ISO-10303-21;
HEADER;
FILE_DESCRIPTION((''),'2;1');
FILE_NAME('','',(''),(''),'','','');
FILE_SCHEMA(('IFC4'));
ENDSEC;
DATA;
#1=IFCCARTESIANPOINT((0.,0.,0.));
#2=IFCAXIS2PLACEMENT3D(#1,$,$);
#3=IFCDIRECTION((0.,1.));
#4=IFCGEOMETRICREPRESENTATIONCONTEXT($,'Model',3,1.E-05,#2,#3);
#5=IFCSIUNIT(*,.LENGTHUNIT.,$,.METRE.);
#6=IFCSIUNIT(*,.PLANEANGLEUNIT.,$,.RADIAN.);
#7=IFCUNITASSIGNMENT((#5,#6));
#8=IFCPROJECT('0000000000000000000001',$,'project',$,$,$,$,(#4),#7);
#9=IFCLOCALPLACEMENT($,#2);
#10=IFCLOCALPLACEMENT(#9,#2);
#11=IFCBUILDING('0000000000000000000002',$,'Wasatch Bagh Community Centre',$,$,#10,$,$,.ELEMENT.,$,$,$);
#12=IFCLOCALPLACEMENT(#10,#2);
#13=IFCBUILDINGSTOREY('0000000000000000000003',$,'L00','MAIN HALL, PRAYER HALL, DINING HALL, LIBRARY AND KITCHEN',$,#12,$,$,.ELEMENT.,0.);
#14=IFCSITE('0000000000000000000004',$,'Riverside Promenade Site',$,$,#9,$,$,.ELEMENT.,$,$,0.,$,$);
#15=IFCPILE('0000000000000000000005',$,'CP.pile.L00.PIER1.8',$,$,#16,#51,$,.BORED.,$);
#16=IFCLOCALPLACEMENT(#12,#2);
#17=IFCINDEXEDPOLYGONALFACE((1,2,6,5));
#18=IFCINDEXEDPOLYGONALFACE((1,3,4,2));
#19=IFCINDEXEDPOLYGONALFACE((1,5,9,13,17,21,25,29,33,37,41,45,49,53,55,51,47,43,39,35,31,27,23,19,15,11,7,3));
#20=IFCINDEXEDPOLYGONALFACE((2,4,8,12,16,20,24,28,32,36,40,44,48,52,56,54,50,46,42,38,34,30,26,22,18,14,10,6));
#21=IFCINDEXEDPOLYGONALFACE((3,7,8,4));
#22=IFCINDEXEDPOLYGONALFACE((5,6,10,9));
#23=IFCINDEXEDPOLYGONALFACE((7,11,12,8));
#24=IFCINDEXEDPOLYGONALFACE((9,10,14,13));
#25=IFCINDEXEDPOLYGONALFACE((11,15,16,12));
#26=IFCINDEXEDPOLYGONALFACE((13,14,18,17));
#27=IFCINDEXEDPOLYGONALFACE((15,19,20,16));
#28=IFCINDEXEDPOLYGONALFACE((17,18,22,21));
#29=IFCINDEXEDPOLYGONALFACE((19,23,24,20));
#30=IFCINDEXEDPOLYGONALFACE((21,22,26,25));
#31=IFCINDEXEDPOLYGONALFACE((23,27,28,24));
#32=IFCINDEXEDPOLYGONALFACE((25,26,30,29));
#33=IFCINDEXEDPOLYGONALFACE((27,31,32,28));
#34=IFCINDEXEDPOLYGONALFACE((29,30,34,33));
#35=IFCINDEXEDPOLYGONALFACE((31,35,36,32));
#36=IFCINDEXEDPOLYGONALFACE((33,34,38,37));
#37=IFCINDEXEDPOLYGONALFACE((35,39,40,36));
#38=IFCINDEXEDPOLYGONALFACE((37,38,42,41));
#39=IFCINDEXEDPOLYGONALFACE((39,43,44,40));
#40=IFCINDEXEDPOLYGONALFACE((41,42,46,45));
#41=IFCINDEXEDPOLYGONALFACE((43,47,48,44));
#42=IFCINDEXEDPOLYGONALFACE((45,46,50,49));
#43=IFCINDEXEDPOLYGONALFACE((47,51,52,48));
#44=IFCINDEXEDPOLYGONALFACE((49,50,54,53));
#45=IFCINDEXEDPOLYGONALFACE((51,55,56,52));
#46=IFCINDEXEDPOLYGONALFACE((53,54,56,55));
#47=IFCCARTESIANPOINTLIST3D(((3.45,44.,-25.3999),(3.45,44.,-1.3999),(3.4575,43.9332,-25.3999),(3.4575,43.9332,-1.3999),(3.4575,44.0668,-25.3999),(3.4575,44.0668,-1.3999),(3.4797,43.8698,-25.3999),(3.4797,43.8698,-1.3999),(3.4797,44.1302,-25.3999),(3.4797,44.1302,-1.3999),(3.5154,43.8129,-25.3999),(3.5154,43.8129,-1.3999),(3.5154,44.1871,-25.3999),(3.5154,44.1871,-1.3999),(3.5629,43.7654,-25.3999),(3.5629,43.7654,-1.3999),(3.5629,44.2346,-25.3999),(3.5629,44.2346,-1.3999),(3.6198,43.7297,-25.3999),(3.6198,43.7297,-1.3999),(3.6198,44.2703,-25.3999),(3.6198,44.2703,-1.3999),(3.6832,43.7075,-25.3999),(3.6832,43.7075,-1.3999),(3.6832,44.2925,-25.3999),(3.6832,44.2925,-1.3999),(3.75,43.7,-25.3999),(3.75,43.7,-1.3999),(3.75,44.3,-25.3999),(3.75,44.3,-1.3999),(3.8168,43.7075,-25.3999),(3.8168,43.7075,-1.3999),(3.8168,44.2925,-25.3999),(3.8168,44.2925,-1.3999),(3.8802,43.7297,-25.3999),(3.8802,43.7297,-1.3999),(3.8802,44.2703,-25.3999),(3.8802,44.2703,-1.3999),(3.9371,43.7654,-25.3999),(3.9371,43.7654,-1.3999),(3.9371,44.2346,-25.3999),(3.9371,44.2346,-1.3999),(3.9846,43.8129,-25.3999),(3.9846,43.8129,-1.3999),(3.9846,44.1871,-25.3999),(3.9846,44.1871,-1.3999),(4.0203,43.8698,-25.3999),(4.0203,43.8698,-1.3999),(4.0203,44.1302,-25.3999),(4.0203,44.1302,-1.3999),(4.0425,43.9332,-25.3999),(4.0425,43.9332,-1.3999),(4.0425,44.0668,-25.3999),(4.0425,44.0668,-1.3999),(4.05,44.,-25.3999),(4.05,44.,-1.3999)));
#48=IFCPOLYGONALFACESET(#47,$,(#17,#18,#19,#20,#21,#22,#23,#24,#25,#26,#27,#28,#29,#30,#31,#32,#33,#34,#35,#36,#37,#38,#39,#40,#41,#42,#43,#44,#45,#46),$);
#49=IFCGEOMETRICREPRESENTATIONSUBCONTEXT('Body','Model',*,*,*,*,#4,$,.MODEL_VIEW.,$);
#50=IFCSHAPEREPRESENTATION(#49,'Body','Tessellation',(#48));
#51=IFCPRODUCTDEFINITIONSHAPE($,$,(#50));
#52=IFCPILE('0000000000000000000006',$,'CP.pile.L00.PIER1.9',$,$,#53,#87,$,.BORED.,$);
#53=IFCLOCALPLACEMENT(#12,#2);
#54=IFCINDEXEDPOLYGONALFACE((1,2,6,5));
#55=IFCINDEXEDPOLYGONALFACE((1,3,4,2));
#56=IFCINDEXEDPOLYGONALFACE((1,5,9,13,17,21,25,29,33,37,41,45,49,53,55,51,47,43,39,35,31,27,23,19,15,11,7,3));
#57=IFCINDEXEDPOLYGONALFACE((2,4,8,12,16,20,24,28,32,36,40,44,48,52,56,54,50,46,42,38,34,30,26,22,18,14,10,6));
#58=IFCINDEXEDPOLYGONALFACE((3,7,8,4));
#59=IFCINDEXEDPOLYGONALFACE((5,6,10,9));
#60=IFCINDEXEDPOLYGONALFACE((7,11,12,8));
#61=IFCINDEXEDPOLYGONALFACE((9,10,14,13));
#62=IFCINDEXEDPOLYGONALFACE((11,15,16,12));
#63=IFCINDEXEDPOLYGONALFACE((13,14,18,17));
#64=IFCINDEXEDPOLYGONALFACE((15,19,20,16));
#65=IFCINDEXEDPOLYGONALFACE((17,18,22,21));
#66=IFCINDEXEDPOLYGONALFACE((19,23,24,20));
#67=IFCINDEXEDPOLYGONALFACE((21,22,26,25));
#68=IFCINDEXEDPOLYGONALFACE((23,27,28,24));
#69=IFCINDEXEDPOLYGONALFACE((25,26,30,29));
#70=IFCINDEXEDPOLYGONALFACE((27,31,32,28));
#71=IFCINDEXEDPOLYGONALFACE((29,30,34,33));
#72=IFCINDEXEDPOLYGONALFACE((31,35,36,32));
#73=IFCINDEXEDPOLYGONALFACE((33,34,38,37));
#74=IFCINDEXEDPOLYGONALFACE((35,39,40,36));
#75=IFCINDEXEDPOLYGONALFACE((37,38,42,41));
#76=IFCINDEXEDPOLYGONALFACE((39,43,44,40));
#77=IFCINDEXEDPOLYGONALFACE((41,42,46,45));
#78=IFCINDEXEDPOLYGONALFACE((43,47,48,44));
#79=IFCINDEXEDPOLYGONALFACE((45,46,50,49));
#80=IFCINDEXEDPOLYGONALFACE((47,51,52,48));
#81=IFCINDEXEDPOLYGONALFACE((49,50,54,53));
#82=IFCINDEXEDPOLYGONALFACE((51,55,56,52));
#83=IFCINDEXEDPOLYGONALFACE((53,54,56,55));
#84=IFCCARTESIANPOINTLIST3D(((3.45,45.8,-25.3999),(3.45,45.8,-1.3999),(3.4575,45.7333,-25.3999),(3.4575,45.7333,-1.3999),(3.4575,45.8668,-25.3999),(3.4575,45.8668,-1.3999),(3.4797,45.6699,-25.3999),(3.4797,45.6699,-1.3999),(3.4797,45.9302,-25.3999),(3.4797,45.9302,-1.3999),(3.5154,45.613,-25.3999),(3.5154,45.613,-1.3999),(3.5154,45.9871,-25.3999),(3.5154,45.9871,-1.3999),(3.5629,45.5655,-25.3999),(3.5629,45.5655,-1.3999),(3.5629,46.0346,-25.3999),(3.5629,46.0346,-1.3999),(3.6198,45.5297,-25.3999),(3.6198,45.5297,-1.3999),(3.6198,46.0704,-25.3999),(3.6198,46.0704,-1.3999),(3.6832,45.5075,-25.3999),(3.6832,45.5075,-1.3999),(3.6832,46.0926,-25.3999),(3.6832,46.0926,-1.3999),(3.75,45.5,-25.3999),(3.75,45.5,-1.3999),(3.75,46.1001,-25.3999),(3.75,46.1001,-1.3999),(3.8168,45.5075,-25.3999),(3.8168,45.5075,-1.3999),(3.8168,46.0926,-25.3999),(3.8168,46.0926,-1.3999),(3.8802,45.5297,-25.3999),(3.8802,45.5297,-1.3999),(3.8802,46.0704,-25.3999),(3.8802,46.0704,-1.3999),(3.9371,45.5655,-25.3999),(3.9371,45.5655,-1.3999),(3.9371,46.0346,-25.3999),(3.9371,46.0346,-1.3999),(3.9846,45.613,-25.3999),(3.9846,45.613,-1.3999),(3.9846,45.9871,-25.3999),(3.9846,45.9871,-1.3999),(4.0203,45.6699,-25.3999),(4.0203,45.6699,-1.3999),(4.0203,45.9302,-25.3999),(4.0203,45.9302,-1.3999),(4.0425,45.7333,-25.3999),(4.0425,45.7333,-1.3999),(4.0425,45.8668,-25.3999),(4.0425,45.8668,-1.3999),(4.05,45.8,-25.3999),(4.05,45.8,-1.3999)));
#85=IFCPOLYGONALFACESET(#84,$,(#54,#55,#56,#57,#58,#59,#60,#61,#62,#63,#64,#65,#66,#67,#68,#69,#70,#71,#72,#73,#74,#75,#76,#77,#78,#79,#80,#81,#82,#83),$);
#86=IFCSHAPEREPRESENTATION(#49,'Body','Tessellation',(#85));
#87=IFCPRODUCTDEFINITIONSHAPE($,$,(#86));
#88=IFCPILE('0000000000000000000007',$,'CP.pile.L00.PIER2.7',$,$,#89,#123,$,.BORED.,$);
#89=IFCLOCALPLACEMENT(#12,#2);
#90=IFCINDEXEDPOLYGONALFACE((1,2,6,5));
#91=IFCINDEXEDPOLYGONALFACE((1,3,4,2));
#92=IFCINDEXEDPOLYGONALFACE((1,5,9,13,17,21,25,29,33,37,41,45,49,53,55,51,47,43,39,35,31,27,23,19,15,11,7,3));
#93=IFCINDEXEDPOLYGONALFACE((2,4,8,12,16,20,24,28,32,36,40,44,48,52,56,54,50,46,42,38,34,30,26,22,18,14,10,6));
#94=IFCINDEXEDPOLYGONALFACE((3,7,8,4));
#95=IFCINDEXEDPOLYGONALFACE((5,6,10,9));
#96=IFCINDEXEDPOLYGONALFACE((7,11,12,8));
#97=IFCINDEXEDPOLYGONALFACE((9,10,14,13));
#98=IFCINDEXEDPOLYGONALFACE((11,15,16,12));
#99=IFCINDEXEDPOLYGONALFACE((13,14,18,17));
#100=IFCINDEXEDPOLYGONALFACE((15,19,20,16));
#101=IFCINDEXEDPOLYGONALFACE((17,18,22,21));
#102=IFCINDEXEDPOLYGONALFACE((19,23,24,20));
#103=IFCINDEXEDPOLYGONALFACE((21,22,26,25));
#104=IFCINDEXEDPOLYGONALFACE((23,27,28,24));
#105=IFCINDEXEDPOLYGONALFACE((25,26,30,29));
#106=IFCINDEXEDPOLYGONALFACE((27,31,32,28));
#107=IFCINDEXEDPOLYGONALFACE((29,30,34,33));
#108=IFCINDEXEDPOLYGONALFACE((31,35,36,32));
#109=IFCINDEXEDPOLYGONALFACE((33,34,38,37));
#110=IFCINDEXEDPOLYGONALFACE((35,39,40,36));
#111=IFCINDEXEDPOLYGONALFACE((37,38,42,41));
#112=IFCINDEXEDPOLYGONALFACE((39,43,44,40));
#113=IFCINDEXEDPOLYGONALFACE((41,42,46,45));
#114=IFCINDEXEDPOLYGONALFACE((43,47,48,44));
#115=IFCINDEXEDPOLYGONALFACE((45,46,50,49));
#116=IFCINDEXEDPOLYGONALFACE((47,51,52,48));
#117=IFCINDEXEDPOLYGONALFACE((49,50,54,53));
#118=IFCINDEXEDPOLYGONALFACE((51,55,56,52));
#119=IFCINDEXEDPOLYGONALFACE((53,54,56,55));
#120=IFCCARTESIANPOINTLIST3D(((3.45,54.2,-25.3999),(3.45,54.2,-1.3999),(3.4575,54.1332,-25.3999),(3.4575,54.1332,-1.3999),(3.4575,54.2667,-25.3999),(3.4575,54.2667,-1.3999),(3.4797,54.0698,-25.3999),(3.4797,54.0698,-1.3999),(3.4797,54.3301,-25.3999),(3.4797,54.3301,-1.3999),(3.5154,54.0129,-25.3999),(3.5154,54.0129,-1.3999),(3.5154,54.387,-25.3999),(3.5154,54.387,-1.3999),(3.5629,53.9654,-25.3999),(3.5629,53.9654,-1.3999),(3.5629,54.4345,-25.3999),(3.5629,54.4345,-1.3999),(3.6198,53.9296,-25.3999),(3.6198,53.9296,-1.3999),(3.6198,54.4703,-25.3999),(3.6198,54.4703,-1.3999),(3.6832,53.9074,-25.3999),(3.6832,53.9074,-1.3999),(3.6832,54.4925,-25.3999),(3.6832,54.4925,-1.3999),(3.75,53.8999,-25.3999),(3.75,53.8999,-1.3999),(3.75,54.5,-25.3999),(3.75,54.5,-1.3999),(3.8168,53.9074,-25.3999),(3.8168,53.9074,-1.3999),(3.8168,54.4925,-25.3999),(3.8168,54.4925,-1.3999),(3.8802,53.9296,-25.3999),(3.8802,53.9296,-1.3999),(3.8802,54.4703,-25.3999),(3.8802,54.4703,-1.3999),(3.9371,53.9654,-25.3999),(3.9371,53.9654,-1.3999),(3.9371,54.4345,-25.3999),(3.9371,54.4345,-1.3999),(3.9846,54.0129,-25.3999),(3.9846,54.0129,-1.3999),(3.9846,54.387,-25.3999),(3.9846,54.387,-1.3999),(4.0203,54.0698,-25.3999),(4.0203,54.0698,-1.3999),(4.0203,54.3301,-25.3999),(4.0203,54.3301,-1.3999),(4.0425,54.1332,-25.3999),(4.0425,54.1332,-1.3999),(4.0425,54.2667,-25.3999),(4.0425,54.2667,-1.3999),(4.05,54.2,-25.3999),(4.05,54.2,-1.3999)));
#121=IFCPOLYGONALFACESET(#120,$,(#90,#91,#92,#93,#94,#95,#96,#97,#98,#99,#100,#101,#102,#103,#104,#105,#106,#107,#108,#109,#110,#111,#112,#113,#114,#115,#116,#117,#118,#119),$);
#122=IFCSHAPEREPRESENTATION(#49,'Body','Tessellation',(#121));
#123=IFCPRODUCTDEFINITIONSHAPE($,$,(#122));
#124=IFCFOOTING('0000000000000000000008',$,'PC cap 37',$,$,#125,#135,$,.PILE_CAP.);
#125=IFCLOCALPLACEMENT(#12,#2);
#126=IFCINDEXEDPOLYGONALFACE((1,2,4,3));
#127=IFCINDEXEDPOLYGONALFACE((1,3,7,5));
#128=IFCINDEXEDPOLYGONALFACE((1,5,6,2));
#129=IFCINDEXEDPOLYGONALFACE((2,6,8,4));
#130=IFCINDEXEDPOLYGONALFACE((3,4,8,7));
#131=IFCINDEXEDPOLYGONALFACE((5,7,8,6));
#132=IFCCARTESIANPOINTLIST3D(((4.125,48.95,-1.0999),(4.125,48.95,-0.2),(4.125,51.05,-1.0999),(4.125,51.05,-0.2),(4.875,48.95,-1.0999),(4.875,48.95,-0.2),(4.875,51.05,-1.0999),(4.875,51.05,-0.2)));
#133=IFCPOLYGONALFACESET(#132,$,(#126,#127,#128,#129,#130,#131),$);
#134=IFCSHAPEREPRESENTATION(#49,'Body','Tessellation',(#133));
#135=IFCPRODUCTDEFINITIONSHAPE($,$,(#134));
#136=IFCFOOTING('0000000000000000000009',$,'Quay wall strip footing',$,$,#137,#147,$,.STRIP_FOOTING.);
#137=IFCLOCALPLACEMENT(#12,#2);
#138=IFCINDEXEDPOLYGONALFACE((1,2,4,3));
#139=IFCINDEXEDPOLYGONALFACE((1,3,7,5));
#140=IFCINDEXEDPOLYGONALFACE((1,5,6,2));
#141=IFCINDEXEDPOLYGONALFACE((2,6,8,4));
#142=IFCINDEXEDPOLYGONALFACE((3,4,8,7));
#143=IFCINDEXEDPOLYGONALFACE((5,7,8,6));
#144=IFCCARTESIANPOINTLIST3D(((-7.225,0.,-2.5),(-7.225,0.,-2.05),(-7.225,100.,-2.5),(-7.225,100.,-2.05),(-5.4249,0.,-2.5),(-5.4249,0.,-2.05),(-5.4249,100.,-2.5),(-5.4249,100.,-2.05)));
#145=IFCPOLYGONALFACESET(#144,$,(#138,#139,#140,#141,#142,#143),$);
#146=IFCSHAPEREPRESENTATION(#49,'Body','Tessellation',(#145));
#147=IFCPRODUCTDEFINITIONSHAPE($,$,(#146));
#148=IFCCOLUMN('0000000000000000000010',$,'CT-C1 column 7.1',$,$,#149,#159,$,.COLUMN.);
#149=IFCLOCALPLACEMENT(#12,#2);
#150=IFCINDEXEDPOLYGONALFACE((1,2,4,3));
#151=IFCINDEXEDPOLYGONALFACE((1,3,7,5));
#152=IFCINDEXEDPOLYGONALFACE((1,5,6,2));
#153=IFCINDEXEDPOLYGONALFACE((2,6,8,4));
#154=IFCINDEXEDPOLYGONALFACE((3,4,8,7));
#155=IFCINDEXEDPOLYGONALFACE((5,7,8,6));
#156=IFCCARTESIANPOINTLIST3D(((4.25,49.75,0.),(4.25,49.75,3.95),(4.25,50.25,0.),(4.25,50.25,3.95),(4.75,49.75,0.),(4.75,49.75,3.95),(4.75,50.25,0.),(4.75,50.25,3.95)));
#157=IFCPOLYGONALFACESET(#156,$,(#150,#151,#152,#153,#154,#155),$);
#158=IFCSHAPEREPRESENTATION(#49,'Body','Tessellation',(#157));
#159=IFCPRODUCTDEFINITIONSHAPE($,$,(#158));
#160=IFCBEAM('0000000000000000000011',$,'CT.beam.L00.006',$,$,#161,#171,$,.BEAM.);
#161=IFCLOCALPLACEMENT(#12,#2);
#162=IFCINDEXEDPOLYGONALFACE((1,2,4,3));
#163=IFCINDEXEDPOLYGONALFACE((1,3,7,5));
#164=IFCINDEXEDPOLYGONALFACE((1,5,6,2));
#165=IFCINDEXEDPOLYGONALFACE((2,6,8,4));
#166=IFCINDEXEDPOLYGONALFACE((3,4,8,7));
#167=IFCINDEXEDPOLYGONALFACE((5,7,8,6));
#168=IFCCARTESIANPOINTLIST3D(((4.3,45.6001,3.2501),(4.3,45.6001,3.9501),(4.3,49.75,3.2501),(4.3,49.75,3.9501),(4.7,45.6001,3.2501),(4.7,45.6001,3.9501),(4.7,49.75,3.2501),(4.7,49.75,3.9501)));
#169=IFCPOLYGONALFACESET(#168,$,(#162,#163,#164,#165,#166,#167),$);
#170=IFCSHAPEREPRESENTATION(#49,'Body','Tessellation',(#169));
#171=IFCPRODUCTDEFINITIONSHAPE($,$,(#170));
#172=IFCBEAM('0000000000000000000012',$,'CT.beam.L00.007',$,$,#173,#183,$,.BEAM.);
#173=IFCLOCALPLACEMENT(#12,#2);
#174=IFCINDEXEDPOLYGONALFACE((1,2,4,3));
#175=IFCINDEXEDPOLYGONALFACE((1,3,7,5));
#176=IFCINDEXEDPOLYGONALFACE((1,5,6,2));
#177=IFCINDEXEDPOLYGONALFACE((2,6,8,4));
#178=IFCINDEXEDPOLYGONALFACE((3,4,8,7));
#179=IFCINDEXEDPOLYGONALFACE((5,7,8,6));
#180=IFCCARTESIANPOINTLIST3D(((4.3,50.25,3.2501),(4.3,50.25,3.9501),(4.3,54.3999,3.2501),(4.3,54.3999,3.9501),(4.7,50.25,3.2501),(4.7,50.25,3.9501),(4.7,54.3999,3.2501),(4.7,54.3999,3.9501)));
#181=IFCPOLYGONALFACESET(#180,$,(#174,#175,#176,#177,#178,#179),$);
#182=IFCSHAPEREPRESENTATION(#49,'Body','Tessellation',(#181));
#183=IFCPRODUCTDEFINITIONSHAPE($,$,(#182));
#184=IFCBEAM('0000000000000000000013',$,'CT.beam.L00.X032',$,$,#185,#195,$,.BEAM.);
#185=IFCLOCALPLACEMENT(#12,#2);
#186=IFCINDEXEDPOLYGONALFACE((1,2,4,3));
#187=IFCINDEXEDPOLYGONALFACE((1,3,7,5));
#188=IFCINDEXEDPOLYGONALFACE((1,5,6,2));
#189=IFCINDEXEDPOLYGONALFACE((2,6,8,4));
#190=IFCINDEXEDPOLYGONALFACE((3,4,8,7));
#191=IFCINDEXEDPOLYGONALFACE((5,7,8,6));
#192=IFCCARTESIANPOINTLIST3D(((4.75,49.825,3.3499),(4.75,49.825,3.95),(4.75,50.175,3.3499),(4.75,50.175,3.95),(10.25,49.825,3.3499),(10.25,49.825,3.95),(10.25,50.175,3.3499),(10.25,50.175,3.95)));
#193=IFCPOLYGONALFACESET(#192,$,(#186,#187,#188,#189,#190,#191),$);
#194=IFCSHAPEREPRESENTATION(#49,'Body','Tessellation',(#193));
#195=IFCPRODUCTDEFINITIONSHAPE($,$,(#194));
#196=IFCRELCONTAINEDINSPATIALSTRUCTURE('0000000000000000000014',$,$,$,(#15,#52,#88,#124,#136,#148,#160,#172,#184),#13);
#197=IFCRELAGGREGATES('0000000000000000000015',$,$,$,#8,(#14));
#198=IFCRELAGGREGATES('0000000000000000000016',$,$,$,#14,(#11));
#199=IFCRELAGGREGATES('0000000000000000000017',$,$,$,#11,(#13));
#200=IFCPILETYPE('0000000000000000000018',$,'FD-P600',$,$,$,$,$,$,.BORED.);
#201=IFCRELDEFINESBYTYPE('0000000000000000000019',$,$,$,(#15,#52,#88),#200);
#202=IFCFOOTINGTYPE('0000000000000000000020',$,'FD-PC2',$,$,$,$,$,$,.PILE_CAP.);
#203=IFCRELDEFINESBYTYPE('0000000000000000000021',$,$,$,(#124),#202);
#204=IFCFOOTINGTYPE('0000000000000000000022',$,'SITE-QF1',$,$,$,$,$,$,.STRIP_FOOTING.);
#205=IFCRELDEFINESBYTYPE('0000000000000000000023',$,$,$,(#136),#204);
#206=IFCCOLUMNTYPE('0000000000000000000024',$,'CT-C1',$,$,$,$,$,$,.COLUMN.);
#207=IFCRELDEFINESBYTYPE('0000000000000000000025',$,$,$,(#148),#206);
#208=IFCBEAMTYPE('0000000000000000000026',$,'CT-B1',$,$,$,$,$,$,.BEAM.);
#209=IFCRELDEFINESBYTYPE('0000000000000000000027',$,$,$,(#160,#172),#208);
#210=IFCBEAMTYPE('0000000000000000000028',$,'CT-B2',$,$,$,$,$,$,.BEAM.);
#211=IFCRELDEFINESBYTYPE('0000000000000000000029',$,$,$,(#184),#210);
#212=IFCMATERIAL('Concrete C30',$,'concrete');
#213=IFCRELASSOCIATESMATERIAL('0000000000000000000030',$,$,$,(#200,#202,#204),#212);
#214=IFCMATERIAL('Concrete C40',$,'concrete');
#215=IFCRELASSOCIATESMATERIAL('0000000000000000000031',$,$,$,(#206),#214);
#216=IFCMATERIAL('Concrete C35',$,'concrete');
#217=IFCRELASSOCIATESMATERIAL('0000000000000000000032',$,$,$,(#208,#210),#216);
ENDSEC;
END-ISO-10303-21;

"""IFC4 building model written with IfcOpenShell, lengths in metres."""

from ifc_helpers import new_model, si_unit, direction, frame, origin, origin_2d, place, context, subcontext, project, spatial, rectangle, circle, extrude, material, material_profile, profile_set, type_object, element, save


model = new_model("IFC4")

# Units and contexts
model_context = context("Model", 3, precision=1e-05, world=origin(), true_north=direction((0.0, 1.0)))
body_context = subcontext(model_context, "Body", "Model", "MODEL_VIEW")
ifc_project = project(units=[si_unit("LENGTHUNIT", "METRE"), si_unit("PLANEANGLEUNIT", "RADIAN")], contexts=[model_context])

# Site, building, storey
site_placement = place(None, origin())
site = spatial("IfcSite", under=ifc_project, at=site_placement, Name="Riverside Promenade Site", CompositionType="ELEMENT", RefElevation=0.0)
building_placement = place(site_placement, origin())
building = spatial("IfcBuilding", under=site, at=building_placement, Name="Wasatch Bagh Community Centre", CompositionType="ELEMENT")
storey_placement = place(building_placement, origin())
storey = spatial("IfcBuildingStorey", under=building, at=storey_placement, Name="L00", Description="MAIN HALL, PRAYER HALL, DINING HALL, LIBRARY AND KITCHEN", CompositionType="ELEMENT", Elevation=0.0)

# Piles
ifc_material_1 = material(Name="Concrete C30", Category="concrete")
ifc_material_profile_1 = material_profile(ifc_material_1, circle(Radius=0.3, at=origin_2d()), Name="RC D600")
ifc_profile_set_1 = profile_set([ifc_material_profile_1], Name="Concrete C30")
pile_type_1 = type_object("IfcPileType", Name="FD-P600", PredefinedType="BORED", material=ifc_profile_set_1)
for number, where, z_axis, x_axis, name in (
    (1, (3.75, 44.0, -1.3999), (0.0, 0.0, -1.0), (1.0, 0.0, 0.0), "CP.pile.L00.PIER1.8"),
    (2, (3.75, 45.8, -1.3999), (0.0, 0.0, -1.0), (1.0, 0.0, 0.0), "CP.pile.L00.PIER1.9"),
    (3, (3.75, 54.2, -1.3999), (0.0, 0.0, -1.0), (1.0, 0.0, 0.0), "CP.pile.L00.PIER2.7"),
):
    element("IfcPile", number, at=place(storey_placement, frame(where, z_axis=z_axis, x_axis=x_axis)), inside=storey, type_object=pile_type_1, Name=name, PredefinedType="BORED", context=body_context, shape_type="SweptSolid", body=[
        extrude(circle(Radius=0.3, at=origin_2d()), origin(), (0.0, 0.0, 1.0), 24.0),
    ])

# Footings
footing_type_1 = type_object("IfcFootingType", Name="FD-PC2", PredefinedType="PILE_CAP", material=ifc_material_1)
footing_1_placement = place(storey_placement, frame((4.5, 50.0, -1.0999), z_axis=(0.0, 0.0, 1.0), x_axis=(0.0, 1.0, 0.0)))
element("IfcFooting", 4, at=footing_1_placement, inside=storey, type_object=footing_type_1, Name="PC cap 37", PredefinedType="PILE_CAP", context=body_context, shape_type="SweptSolid", body=[
    extrude(rectangle(XDim=2.1001, YDim=0.75, at=origin_2d()), origin(), (0.0, 0.0, 1.0), 0.8999),
])
footing_type_2 = type_object("IfcFootingType", Name="SITE-QF1", PredefinedType="STRIP_FOOTING", material=ifc_material_1)
footing_2_placement = place(storey_placement, frame((-6.325, 50.0, -2.5), z_axis=(0.0, 0.0, 1.0), x_axis=(1.0, 0.0, 0.0)))
element("IfcFooting", 5, at=footing_2_placement, inside=storey, type_object=footing_type_2, Name="Quay wall strip footing", PredefinedType="STRIP_FOOTING", context=body_context, shape_type="SweptSolid", body=[
    extrude(rectangle(XDim=1.8, YDim=100.0, at=origin_2d()), origin(), (0.0, 0.0, 1.0), 0.45),
])

# Column
ifc_material_2 = material(Name="Concrete C40", Category="concrete")
ifc_material_profile_2 = material_profile(ifc_material_2, rectangle(XDim=0.5, YDim=0.5, at=origin_2d()), Name="RC 500x500")
ifc_profile_set_2 = profile_set([ifc_material_profile_2], Name="Concrete C40")
column_type = type_object("IfcColumnType", Name="CT-C1", PredefinedType="COLUMN", material=ifc_profile_set_2)
column_placement = place(storey_placement, frame((4.5, 50.0, 0.0), z_axis=(0.0, 0.0, 1.0), x_axis=(1.0, 0.0, 0.0)))
element("IfcColumn", 6, at=column_placement, inside=storey, type_object=column_type, Name="CT-C1 column 7.1", PredefinedType="COLUMN", context=body_context, shape_type="SweptSolid", body=[
    extrude(rectangle(XDim=0.5, YDim=0.5, at=origin_2d()), origin(), (0.0, 0.0, 1.0), 3.95),
])

# Beams
ifc_material_3 = material(Name="Concrete C35", Category="concrete")
ifc_material_profile_3 = material_profile(ifc_material_3, rectangle(XDim=0.3999, YDim=0.7, at=origin_2d()), Name="RC 400x700")
ifc_profile_set_3 = profile_set([ifc_material_profile_3], Name="Concrete C35")
beam_type_1 = type_object("IfcBeamType", Name="CT-B1", PredefinedType="BEAM", material=ifc_profile_set_3)
for number, where, z_axis, x_axis, name in (
    (7, (4.5, 45.6001, 3.6001), (0.0, 1.0, 0.0), (-1.0, 0.0, 0.0), "CT.beam.L00.006"),
    (8, (4.5, 50.25, 3.6001), (0.0, 1.0, 0.0), (-1.0, 0.0, 0.0), "CT.beam.L00.007"),
):
    element("IfcBeam", number, at=place(storey_placement, frame(where, z_axis=z_axis, x_axis=x_axis)), inside=storey, type_object=beam_type_1, Name=name, PredefinedType="BEAM", context=body_context, shape_type="SweptSolid", body=[
        extrude(rectangle(XDim=0.3999, YDim=0.7, at=origin_2d()), origin(), (0.0, 0.0, 1.0), 4.1499),
    ])
ifc_material_profile_4 = material_profile(ifc_material_3, rectangle(XDim=0.3501, YDim=0.6001, at=origin_2d()), Name="RC 350x600")
ifc_profile_set_4 = profile_set([ifc_material_profile_4], Name="Concrete C35")
beam_type_2 = type_object("IfcBeamType", Name="CT-B2", PredefinedType="BEAM", material=ifc_profile_set_4)
beam_placement = place(storey_placement, frame((4.75, 50.0, 3.6499), z_axis=(1.0, 0.0, 0.0), x_axis=(0.0, 1.0, 0.0)))
element("IfcBeam", 9, at=beam_placement, inside=storey, type_object=beam_type_2, Name="CT.beam.L00.X032", PredefinedType="BEAM", context=body_context, shape_type="SweptSolid", body=[
    extrude(rectangle(XDim=0.3501, YDim=0.6001, at=origin_2d()), origin(), (0.0, 0.0, 1.0), 5.5),
])

save(model, "model.ifc")
